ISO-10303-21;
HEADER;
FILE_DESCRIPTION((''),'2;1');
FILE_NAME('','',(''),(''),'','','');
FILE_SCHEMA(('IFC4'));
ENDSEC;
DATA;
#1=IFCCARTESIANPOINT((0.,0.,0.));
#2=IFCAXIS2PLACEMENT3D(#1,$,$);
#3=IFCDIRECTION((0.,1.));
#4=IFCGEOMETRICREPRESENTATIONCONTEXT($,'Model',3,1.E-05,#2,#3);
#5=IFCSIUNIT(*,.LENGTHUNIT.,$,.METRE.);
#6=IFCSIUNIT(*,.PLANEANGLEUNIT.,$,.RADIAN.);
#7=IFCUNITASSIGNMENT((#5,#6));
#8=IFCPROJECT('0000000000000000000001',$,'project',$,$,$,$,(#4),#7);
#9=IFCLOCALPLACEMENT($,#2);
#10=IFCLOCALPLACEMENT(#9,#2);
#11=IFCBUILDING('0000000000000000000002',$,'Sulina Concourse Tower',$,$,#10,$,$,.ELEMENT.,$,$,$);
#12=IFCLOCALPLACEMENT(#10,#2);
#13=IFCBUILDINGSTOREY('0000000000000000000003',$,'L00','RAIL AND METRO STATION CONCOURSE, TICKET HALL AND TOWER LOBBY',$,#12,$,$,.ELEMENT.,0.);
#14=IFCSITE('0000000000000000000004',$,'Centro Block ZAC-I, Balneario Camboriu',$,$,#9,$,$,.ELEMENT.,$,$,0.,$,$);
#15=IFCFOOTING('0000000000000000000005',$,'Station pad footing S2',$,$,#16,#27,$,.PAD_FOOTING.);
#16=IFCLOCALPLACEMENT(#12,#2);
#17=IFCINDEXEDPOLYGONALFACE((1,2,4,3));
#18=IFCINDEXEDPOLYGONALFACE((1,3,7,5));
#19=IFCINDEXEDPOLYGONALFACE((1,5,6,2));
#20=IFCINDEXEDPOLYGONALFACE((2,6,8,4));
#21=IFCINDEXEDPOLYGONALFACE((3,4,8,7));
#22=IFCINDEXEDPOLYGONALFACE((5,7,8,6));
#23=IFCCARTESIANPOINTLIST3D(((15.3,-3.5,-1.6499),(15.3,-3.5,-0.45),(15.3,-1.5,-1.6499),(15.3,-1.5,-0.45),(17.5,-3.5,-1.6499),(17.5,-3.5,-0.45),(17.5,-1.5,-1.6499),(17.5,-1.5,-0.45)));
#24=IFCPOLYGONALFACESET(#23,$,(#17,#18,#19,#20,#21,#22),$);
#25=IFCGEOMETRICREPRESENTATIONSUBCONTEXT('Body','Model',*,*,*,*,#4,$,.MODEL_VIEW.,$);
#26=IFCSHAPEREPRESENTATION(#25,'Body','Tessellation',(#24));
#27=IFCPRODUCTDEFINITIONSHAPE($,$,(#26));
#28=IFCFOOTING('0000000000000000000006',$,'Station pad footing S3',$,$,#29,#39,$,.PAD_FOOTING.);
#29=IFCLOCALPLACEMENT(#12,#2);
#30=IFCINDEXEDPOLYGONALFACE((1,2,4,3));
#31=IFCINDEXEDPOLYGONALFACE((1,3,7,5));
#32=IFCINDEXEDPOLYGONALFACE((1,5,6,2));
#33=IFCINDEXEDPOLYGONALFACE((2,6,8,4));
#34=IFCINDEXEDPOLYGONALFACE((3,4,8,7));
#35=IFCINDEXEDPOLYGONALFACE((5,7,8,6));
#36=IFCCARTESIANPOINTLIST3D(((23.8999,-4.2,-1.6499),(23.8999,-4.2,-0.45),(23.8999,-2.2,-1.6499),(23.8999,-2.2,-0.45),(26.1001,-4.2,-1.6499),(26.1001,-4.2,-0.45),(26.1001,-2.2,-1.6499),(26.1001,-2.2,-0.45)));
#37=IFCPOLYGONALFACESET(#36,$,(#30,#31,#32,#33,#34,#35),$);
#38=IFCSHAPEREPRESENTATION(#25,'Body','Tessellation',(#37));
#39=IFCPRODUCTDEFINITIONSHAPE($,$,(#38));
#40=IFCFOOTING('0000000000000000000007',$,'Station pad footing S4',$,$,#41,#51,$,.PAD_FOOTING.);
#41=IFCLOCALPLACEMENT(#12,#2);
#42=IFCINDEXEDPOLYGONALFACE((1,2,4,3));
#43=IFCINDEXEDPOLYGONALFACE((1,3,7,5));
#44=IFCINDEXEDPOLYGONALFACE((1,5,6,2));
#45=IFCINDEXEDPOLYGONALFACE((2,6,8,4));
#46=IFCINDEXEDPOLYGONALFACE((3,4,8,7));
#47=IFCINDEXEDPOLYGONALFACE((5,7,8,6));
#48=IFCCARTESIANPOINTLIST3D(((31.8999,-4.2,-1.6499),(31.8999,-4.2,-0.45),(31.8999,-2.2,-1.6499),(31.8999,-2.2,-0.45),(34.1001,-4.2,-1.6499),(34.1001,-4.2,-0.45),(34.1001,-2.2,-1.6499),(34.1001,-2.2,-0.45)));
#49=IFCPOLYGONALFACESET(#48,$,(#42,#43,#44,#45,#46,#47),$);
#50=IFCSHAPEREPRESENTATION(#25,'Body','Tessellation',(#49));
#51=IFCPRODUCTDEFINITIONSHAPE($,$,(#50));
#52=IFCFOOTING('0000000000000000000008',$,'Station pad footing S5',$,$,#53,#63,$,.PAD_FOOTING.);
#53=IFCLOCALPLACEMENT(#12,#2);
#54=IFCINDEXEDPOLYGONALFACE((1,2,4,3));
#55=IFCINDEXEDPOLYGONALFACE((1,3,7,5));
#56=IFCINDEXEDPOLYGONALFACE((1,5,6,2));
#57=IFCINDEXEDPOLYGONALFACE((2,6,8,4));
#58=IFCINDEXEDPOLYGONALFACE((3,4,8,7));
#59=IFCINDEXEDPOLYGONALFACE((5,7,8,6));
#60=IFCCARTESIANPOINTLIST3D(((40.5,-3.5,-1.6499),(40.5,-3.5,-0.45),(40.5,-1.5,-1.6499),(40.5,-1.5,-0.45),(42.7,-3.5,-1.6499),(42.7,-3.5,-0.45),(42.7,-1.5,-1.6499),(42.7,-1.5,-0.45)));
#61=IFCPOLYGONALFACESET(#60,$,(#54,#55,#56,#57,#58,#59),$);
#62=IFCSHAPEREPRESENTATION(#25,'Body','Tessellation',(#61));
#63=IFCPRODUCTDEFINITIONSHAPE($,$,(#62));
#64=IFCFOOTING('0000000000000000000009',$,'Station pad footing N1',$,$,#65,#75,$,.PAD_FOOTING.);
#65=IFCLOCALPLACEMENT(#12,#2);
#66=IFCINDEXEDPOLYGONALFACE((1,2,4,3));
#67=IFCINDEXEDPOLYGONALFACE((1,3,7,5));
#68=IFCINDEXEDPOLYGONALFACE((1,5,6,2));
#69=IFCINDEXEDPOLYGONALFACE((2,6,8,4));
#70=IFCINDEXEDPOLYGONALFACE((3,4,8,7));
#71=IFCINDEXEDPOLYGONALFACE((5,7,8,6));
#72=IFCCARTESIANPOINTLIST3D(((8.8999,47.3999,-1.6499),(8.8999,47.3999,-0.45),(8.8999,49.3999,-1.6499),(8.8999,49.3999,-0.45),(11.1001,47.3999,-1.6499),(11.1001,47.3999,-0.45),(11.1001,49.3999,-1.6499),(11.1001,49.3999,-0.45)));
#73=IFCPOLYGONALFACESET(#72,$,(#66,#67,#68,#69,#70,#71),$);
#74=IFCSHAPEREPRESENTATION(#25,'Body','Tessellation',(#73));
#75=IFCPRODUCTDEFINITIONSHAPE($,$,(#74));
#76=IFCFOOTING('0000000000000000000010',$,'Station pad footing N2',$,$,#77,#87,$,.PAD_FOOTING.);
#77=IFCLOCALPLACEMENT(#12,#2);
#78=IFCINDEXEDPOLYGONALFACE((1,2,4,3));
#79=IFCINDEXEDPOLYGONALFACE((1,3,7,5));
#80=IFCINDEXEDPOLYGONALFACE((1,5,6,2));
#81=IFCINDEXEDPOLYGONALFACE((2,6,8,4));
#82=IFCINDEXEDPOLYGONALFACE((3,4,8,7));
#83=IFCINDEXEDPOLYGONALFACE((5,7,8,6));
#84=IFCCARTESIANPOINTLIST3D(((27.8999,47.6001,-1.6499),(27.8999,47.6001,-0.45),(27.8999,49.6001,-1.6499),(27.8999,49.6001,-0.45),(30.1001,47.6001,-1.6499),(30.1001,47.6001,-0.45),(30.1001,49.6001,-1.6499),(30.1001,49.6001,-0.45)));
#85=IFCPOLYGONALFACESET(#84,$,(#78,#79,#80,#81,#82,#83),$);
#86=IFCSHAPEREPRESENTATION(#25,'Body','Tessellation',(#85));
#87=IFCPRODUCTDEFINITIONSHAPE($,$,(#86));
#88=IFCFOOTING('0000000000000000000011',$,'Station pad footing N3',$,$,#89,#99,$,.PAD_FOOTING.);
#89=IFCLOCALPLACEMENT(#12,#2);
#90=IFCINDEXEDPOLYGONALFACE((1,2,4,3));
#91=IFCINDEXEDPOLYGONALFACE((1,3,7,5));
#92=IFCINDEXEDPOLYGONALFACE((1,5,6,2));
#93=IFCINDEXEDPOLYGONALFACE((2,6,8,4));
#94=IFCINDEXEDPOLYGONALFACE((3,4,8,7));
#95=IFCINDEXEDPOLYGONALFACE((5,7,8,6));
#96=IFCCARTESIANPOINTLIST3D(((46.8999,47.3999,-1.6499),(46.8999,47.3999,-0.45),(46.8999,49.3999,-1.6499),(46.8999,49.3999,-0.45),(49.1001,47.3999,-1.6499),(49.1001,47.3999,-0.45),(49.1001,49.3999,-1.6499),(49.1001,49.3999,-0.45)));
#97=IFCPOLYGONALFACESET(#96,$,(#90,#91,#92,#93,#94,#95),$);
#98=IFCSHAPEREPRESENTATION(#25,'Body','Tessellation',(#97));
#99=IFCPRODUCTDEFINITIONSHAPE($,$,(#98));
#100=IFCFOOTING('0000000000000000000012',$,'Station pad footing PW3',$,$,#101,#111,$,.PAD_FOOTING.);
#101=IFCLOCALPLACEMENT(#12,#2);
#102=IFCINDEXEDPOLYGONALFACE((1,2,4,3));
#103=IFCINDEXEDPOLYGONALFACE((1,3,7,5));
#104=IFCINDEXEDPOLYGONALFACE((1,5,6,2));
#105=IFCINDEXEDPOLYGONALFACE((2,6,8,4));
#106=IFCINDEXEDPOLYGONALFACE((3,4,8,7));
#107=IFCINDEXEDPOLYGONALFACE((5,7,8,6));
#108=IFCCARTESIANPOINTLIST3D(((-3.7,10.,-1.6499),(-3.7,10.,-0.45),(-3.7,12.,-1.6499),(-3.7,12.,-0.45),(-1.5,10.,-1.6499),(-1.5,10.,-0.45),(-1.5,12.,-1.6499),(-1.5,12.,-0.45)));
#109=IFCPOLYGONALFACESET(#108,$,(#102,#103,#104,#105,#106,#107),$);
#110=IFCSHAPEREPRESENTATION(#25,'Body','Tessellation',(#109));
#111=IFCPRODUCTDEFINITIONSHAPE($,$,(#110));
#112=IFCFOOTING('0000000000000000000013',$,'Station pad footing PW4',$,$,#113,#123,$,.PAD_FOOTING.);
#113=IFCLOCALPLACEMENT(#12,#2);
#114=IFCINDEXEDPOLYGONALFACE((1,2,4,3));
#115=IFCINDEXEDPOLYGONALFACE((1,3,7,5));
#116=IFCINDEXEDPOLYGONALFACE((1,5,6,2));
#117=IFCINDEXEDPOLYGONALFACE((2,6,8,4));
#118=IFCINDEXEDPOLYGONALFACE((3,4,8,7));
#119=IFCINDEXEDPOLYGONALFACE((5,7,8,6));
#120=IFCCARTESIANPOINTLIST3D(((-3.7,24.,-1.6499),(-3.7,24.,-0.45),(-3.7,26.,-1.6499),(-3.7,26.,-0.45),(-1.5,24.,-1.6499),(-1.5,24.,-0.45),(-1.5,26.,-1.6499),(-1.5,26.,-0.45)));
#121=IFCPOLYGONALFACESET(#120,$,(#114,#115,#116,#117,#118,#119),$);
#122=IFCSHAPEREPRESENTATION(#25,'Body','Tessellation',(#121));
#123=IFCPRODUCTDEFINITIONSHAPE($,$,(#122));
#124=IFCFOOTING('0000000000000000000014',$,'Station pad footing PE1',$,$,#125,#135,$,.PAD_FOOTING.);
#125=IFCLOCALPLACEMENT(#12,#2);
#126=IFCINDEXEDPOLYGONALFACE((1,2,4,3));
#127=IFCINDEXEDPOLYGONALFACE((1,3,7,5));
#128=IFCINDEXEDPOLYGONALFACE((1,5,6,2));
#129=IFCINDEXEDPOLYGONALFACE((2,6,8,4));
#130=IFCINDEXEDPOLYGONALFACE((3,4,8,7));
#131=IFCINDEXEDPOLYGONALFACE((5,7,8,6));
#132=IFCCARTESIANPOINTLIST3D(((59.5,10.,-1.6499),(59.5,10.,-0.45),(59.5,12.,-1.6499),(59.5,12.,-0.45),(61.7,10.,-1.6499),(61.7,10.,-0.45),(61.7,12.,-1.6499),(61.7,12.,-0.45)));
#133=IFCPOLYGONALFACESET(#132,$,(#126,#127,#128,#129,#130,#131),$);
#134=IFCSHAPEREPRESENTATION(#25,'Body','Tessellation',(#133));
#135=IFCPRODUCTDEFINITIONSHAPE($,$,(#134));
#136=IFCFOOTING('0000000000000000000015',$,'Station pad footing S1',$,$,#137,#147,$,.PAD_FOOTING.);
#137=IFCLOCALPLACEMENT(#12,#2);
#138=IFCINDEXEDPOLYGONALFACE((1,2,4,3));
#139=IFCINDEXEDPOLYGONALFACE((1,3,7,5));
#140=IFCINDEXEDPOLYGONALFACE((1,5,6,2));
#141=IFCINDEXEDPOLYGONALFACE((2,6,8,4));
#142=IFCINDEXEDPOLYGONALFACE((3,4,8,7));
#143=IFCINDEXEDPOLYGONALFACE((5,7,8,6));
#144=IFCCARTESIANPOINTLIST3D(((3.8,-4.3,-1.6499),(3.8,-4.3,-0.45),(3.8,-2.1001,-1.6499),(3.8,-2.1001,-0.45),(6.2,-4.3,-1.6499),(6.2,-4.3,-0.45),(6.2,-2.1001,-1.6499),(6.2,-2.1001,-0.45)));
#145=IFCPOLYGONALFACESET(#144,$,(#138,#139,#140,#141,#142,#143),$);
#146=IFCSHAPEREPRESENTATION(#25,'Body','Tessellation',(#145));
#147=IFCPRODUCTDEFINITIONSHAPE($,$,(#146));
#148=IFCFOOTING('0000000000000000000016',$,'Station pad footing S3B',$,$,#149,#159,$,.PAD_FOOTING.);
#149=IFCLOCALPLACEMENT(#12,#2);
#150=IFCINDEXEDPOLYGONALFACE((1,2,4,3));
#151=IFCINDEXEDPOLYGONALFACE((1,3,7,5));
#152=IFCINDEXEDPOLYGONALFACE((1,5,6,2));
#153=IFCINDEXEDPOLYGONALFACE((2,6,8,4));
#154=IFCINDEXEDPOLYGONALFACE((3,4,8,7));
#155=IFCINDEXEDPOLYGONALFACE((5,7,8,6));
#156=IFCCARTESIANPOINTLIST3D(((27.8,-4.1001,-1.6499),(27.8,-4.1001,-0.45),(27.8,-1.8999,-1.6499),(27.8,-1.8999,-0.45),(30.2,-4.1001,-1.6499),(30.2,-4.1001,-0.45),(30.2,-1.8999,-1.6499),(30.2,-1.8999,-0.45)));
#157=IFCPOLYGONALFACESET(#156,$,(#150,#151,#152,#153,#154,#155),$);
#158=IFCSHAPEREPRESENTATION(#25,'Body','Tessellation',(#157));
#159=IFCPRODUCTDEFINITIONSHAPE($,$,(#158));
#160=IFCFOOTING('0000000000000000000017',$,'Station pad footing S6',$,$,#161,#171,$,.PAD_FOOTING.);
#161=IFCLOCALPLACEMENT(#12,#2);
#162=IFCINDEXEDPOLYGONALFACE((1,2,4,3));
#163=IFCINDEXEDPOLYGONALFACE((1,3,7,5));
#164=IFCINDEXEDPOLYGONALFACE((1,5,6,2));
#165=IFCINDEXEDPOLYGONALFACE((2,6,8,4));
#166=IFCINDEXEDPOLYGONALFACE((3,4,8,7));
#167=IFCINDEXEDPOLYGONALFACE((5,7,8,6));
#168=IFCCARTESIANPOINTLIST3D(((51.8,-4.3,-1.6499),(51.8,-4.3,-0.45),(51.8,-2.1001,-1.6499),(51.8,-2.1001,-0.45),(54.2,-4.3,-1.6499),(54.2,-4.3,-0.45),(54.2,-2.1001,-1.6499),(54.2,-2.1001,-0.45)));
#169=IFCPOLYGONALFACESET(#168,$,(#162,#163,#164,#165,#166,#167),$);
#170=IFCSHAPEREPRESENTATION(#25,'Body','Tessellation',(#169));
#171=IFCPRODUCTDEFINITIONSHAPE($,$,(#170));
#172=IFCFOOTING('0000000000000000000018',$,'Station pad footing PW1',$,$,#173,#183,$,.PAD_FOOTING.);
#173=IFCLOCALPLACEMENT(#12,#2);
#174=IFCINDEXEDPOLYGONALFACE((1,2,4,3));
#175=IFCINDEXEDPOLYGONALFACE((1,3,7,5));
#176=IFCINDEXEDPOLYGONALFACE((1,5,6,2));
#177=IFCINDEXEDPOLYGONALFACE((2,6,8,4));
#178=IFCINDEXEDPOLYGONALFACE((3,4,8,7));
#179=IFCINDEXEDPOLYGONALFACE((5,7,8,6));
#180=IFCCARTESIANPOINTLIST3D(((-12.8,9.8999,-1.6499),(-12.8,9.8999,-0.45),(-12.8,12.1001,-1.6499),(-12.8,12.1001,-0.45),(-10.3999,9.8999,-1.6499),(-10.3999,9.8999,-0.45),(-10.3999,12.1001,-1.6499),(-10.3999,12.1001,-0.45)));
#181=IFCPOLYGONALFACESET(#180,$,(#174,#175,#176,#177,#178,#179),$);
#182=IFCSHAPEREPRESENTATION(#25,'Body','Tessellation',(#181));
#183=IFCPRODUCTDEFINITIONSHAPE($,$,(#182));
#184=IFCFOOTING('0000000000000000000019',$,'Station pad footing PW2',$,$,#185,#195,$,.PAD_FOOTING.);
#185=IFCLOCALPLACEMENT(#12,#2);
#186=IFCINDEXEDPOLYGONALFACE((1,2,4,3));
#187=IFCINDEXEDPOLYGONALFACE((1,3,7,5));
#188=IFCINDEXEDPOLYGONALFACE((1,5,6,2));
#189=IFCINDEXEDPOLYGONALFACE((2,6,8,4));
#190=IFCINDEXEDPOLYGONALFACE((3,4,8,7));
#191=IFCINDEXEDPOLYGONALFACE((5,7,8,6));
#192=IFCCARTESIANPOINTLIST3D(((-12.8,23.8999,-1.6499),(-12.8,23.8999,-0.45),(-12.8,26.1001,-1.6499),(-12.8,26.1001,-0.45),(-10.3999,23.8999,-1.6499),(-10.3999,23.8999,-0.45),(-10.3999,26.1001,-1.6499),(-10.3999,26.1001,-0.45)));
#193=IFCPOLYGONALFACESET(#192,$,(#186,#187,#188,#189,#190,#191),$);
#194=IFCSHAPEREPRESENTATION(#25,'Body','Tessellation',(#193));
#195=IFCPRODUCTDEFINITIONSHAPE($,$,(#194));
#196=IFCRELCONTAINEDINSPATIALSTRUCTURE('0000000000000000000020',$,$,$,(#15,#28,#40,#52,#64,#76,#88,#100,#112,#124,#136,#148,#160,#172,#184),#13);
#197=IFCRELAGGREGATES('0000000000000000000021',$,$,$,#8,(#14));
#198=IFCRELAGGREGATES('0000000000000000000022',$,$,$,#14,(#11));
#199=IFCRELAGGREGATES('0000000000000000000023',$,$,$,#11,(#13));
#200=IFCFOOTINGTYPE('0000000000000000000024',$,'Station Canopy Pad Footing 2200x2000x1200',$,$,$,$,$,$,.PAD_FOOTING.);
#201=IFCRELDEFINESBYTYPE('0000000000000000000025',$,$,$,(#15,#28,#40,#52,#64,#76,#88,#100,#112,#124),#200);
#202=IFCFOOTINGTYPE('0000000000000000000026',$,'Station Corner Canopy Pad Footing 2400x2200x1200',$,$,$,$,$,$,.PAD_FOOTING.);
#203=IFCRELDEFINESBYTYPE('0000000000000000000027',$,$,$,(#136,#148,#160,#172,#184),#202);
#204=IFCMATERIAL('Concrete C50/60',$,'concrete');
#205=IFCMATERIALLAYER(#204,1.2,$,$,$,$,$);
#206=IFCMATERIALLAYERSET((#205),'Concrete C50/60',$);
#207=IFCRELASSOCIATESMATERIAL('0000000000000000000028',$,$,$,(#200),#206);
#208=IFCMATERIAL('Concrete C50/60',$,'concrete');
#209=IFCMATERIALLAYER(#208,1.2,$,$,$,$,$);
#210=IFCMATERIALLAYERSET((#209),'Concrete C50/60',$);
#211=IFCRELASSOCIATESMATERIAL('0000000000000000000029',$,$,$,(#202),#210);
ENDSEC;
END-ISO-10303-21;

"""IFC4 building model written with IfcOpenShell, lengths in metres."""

from ifc_helpers import new_model, si_unit, direction, frame, origin, place, context, subcontext, project, spatial, polyline, outline, extrude, material, layer, layer_set, type_object, element, save


model = new_model("IFC4")

# Units and contexts
model_context = context("Model", 3, precision=1e-05, world=origin(), true_north=direction((0.0, 1.0)))
body_context = subcontext(model_context, "Body", "Model", "MODEL_VIEW")
ifc_project = project(units=[si_unit("LENGTHUNIT", "METRE"), si_unit("PLANEANGLEUNIT", "RADIAN")], contexts=[model_context])

# Site, building, storey
site_placement = place(None, origin())
site = spatial("IfcSite", under=ifc_project, at=site_placement, Name="Centro Block ZAC-I, Balneario Camboriu", CompositionType="ELEMENT", RefElevation=0.0)
building_placement = place(site_placement, origin())
building = spatial("IfcBuilding", under=site, at=building_placement, Name="Sulina Concourse Tower", CompositionType="ELEMENT")
storey_placement = place(building_placement, origin())
storey = spatial("IfcBuildingStorey", under=building, at=storey_placement, Name="L00", Description="RAIL AND METRO STATION CONCOURSE, TICKET HALL AND TOWER LOBBY", CompositionType="ELEMENT", Elevation=0.0)

# Footings
ifc_material_1 = material(Name="Concrete C50/60", Category="concrete")
ifc_layer_1 = layer(ifc_material_1, 1.2)
ifc_layer_set_1 = layer_set([ifc_layer_1], Name="Concrete C50/60")
footing_type_1 = type_object("IfcFootingType", Name="Station Canopy Pad Footing 2200x2000x1200", PredefinedType="PAD_FOOTING", material=ifc_layer_set_1)
footing_1_placement = place(storey_placement, frame((0.0, 0.0, -1.6499)))
element("IfcFooting", 1, at=footing_1_placement, inside=storey, type_object=footing_type_1, Name="Station pad footing S2", PredefinedType="PAD_FOOTING", context=body_context, shape_type="SweptSolid", body=[
    extrude(outline(polyline([(15.3, -3.5), (17.5, -3.5), (17.5, -1.5), (15.3, -1.5), (15.3, -3.5)])), origin(), (0.0, 0.0, 1.0), 1.2),
])
footing_2_placement = place(storey_placement, frame((0.0, 0.0, -1.6499)))
element("IfcFooting", 2, at=footing_2_placement, inside=storey, type_object=footing_type_1, Name="Station pad footing S3", PredefinedType="PAD_FOOTING", context=body_context, shape_type="SweptSolid", body=[
    extrude(outline(polyline([(23.8999, -4.2), (26.1001, -4.2), (26.1001, -2.2), (23.8999, -2.2), (23.8999, -4.2)])), origin(), (0.0, 0.0, 1.0), 1.2),
])
footing_3_placement = place(storey_placement, frame((0.0, 0.0, -1.6499)))
element("IfcFooting", 3, at=footing_3_placement, inside=storey, type_object=footing_type_1, Name="Station pad footing S4", PredefinedType="PAD_FOOTING", context=body_context, shape_type="SweptSolid", body=[
    extrude(outline(polyline([(31.8999, -4.2), (34.1001, -4.2), (34.1001, -2.2), (31.8999, -2.2), (31.8999, -4.2)])), origin(), (0.0, 0.0, 1.0), 1.2),
])
footing_4_placement = place(storey_placement, frame((0.0, 0.0, -1.6499)))
element("IfcFooting", 4, at=footing_4_placement, inside=storey, type_object=footing_type_1, Name="Station pad footing S5", PredefinedType="PAD_FOOTING", context=body_context, shape_type="SweptSolid", body=[
    extrude(outline(polyline([(40.5, -3.5), (42.7, -3.5), (42.7, -1.5), (40.5, -1.5), (40.5, -3.5)])), origin(), (0.0, 0.0, 1.0), 1.2),
])
footing_5_placement = place(storey_placement, frame((0.0, 0.0, -1.6499)))
element("IfcFooting", 5, at=footing_5_placement, inside=storey, type_object=footing_type_1, Name="Station pad footing N1", PredefinedType="PAD_FOOTING", context=body_context, shape_type="SweptSolid", body=[
    extrude(outline(polyline([(8.8999, 47.3999), (11.1001, 47.3999), (11.1001, 49.3999), (8.8999, 49.3999), (8.8999, 47.3999)])), origin(), (0.0, 0.0, 1.0), 1.2),
])
footing_6_placement = place(storey_placement, frame((0.0, 0.0, -1.6499)))
element("IfcFooting", 6, at=footing_6_placement, inside=storey, type_object=footing_type_1, Name="Station pad footing N2", PredefinedType="PAD_FOOTING", context=body_context, shape_type="SweptSolid", body=[
    extrude(outline(polyline([(27.8999, 47.6001), (30.1001, 47.6001), (30.1001, 49.6001), (27.8999, 49.6001), (27.8999, 47.6001)])), origin(), (0.0, 0.0, 1.0), 1.2),
])
footing_7_placement = place(storey_placement, frame((0.0, 0.0, -1.6499)))
element("IfcFooting", 7, at=footing_7_placement, inside=storey, type_object=footing_type_1, Name="Station pad footing N3", PredefinedType="PAD_FOOTING", context=body_context, shape_type="SweptSolid", body=[
    extrude(outline(polyline([(46.8999, 47.3999), (49.1001, 47.3999), (49.1001, 49.3999), (46.8999, 49.3999), (46.8999, 47.3999)])), origin(), (0.0, 0.0, 1.0), 1.2),
])
footing_8_placement = place(storey_placement, frame((0.0, 0.0, -1.6499)))
element("IfcFooting", 8, at=footing_8_placement, inside=storey, type_object=footing_type_1, Name="Station pad footing PW3", PredefinedType="PAD_FOOTING", context=body_context, shape_type="SweptSolid", body=[
    extrude(outline(polyline([(-3.7, 10.0), (-1.5, 10.0), (-1.5, 12.0), (-3.7, 12.0), (-3.7, 10.0)])), origin(), (0.0, 0.0, 1.0), 1.2),
])
footing_9_placement = place(storey_placement, frame((0.0, 0.0, -1.6499)))
element("IfcFooting", 9, at=footing_9_placement, inside=storey, type_object=footing_type_1, Name="Station pad footing PW4", PredefinedType="PAD_FOOTING", context=body_context, shape_type="SweptSolid", body=[
    extrude(outline(polyline([(-3.7, 24.0), (-1.5, 24.0), (-1.5, 26.0), (-3.7, 26.0), (-3.7, 24.0)])), origin(), (0.0, 0.0, 1.0), 1.2),
])
footing_10_placement = place(storey_placement, frame((0.0, 0.0, -1.6499)))
element("IfcFooting", 10, at=footing_10_placement, inside=storey, type_object=footing_type_1, Name="Station pad footing PE1", PredefinedType="PAD_FOOTING", context=body_context, shape_type="SweptSolid", body=[
    extrude(outline(polyline([(59.5, 10.0), (61.7, 10.0), (61.7, 12.0), (59.5, 12.0), (59.5, 10.0)])), origin(), (0.0, 0.0, 1.0), 1.2),
])
ifc_material_2 = material(Name="Concrete C50/60", Category="concrete")
ifc_layer_2 = layer(ifc_material_2, 1.2)
ifc_layer_set_2 = layer_set([ifc_layer_2], Name="Concrete C50/60")
footing_type_2 = type_object("IfcFootingType", Name="Station Corner Canopy Pad Footing 2400x2200x1200", PredefinedType="PAD_FOOTING", material=ifc_layer_set_2)
footing_11_placement = place(storey_placement, frame((0.0, 0.0, -1.6499)))
element("IfcFooting", 11, at=footing_11_placement, inside=storey, type_object=footing_type_2, Name="Station pad footing S1", PredefinedType="PAD_FOOTING", context=body_context, shape_type="SweptSolid", body=[
    extrude(outline(polyline([(3.8, -4.3), (6.2, -4.3), (6.2, -2.1001), (3.8, -2.1001), (3.8, -4.3)])), origin(), (0.0, 0.0, 1.0), 1.2),
])
footing_12_placement = place(storey_placement, frame((0.0, 0.0, -1.6499)))
element("IfcFooting", 12, at=footing_12_placement, inside=storey, type_object=footing_type_2, Name="Station pad footing S3B", PredefinedType="PAD_FOOTING", context=body_context, shape_type="SweptSolid", body=[
    extrude(outline(polyline([(27.8, -4.1001), (30.2, -4.1001), (30.2, -1.8999), (27.8, -1.8999), (27.8, -4.1001)])), origin(), (0.0, 0.0, 1.0), 1.2),
])
footing_13_placement = place(storey_placement, frame((0.0, 0.0, -1.6499)))
element("IfcFooting", 13, at=footing_13_placement, inside=storey, type_object=footing_type_2, Name="Station pad footing S6", PredefinedType="PAD_FOOTING", context=body_context, shape_type="SweptSolid", body=[
    extrude(outline(polyline([(51.8, -4.3), (54.2, -4.3), (54.2, -2.1001), (51.8, -2.1001), (51.8, -4.3)])), origin(), (0.0, 0.0, 1.0), 1.2),
])
footing_14_placement = place(storey_placement, frame((0.0, 0.0, -1.6499)))
element("IfcFooting", 14, at=footing_14_placement, inside=storey, type_object=footing_type_2, Name="Station pad footing PW1", PredefinedType="PAD_FOOTING", context=body_context, shape_type="SweptSolid", body=[
    extrude(outline(polyline([(-12.8, 9.8999), (-10.3999, 9.8999), (-10.3999, 12.1001), (-12.8, 12.1001), (-12.8, 9.8999)])), origin(), (0.0, 0.0, 1.0), 1.2),
])
footing_15_placement = place(storey_placement, frame((0.0, 0.0, -1.6499)))
element("IfcFooting", 15, at=footing_15_placement, inside=storey, type_object=footing_type_2, Name="Station pad footing PW2", PredefinedType="PAD_FOOTING", context=body_context, shape_type="SweptSolid", body=[
    extrude(outline(polyline([(-12.8, 23.8999), (-10.3999, 23.8999), (-10.3999, 26.1001), (-12.8, 26.1001), (-12.8, 23.8999)])), origin(), (0.0, 0.0, 1.0), 1.2),
])

save(model, "model.ifc")
